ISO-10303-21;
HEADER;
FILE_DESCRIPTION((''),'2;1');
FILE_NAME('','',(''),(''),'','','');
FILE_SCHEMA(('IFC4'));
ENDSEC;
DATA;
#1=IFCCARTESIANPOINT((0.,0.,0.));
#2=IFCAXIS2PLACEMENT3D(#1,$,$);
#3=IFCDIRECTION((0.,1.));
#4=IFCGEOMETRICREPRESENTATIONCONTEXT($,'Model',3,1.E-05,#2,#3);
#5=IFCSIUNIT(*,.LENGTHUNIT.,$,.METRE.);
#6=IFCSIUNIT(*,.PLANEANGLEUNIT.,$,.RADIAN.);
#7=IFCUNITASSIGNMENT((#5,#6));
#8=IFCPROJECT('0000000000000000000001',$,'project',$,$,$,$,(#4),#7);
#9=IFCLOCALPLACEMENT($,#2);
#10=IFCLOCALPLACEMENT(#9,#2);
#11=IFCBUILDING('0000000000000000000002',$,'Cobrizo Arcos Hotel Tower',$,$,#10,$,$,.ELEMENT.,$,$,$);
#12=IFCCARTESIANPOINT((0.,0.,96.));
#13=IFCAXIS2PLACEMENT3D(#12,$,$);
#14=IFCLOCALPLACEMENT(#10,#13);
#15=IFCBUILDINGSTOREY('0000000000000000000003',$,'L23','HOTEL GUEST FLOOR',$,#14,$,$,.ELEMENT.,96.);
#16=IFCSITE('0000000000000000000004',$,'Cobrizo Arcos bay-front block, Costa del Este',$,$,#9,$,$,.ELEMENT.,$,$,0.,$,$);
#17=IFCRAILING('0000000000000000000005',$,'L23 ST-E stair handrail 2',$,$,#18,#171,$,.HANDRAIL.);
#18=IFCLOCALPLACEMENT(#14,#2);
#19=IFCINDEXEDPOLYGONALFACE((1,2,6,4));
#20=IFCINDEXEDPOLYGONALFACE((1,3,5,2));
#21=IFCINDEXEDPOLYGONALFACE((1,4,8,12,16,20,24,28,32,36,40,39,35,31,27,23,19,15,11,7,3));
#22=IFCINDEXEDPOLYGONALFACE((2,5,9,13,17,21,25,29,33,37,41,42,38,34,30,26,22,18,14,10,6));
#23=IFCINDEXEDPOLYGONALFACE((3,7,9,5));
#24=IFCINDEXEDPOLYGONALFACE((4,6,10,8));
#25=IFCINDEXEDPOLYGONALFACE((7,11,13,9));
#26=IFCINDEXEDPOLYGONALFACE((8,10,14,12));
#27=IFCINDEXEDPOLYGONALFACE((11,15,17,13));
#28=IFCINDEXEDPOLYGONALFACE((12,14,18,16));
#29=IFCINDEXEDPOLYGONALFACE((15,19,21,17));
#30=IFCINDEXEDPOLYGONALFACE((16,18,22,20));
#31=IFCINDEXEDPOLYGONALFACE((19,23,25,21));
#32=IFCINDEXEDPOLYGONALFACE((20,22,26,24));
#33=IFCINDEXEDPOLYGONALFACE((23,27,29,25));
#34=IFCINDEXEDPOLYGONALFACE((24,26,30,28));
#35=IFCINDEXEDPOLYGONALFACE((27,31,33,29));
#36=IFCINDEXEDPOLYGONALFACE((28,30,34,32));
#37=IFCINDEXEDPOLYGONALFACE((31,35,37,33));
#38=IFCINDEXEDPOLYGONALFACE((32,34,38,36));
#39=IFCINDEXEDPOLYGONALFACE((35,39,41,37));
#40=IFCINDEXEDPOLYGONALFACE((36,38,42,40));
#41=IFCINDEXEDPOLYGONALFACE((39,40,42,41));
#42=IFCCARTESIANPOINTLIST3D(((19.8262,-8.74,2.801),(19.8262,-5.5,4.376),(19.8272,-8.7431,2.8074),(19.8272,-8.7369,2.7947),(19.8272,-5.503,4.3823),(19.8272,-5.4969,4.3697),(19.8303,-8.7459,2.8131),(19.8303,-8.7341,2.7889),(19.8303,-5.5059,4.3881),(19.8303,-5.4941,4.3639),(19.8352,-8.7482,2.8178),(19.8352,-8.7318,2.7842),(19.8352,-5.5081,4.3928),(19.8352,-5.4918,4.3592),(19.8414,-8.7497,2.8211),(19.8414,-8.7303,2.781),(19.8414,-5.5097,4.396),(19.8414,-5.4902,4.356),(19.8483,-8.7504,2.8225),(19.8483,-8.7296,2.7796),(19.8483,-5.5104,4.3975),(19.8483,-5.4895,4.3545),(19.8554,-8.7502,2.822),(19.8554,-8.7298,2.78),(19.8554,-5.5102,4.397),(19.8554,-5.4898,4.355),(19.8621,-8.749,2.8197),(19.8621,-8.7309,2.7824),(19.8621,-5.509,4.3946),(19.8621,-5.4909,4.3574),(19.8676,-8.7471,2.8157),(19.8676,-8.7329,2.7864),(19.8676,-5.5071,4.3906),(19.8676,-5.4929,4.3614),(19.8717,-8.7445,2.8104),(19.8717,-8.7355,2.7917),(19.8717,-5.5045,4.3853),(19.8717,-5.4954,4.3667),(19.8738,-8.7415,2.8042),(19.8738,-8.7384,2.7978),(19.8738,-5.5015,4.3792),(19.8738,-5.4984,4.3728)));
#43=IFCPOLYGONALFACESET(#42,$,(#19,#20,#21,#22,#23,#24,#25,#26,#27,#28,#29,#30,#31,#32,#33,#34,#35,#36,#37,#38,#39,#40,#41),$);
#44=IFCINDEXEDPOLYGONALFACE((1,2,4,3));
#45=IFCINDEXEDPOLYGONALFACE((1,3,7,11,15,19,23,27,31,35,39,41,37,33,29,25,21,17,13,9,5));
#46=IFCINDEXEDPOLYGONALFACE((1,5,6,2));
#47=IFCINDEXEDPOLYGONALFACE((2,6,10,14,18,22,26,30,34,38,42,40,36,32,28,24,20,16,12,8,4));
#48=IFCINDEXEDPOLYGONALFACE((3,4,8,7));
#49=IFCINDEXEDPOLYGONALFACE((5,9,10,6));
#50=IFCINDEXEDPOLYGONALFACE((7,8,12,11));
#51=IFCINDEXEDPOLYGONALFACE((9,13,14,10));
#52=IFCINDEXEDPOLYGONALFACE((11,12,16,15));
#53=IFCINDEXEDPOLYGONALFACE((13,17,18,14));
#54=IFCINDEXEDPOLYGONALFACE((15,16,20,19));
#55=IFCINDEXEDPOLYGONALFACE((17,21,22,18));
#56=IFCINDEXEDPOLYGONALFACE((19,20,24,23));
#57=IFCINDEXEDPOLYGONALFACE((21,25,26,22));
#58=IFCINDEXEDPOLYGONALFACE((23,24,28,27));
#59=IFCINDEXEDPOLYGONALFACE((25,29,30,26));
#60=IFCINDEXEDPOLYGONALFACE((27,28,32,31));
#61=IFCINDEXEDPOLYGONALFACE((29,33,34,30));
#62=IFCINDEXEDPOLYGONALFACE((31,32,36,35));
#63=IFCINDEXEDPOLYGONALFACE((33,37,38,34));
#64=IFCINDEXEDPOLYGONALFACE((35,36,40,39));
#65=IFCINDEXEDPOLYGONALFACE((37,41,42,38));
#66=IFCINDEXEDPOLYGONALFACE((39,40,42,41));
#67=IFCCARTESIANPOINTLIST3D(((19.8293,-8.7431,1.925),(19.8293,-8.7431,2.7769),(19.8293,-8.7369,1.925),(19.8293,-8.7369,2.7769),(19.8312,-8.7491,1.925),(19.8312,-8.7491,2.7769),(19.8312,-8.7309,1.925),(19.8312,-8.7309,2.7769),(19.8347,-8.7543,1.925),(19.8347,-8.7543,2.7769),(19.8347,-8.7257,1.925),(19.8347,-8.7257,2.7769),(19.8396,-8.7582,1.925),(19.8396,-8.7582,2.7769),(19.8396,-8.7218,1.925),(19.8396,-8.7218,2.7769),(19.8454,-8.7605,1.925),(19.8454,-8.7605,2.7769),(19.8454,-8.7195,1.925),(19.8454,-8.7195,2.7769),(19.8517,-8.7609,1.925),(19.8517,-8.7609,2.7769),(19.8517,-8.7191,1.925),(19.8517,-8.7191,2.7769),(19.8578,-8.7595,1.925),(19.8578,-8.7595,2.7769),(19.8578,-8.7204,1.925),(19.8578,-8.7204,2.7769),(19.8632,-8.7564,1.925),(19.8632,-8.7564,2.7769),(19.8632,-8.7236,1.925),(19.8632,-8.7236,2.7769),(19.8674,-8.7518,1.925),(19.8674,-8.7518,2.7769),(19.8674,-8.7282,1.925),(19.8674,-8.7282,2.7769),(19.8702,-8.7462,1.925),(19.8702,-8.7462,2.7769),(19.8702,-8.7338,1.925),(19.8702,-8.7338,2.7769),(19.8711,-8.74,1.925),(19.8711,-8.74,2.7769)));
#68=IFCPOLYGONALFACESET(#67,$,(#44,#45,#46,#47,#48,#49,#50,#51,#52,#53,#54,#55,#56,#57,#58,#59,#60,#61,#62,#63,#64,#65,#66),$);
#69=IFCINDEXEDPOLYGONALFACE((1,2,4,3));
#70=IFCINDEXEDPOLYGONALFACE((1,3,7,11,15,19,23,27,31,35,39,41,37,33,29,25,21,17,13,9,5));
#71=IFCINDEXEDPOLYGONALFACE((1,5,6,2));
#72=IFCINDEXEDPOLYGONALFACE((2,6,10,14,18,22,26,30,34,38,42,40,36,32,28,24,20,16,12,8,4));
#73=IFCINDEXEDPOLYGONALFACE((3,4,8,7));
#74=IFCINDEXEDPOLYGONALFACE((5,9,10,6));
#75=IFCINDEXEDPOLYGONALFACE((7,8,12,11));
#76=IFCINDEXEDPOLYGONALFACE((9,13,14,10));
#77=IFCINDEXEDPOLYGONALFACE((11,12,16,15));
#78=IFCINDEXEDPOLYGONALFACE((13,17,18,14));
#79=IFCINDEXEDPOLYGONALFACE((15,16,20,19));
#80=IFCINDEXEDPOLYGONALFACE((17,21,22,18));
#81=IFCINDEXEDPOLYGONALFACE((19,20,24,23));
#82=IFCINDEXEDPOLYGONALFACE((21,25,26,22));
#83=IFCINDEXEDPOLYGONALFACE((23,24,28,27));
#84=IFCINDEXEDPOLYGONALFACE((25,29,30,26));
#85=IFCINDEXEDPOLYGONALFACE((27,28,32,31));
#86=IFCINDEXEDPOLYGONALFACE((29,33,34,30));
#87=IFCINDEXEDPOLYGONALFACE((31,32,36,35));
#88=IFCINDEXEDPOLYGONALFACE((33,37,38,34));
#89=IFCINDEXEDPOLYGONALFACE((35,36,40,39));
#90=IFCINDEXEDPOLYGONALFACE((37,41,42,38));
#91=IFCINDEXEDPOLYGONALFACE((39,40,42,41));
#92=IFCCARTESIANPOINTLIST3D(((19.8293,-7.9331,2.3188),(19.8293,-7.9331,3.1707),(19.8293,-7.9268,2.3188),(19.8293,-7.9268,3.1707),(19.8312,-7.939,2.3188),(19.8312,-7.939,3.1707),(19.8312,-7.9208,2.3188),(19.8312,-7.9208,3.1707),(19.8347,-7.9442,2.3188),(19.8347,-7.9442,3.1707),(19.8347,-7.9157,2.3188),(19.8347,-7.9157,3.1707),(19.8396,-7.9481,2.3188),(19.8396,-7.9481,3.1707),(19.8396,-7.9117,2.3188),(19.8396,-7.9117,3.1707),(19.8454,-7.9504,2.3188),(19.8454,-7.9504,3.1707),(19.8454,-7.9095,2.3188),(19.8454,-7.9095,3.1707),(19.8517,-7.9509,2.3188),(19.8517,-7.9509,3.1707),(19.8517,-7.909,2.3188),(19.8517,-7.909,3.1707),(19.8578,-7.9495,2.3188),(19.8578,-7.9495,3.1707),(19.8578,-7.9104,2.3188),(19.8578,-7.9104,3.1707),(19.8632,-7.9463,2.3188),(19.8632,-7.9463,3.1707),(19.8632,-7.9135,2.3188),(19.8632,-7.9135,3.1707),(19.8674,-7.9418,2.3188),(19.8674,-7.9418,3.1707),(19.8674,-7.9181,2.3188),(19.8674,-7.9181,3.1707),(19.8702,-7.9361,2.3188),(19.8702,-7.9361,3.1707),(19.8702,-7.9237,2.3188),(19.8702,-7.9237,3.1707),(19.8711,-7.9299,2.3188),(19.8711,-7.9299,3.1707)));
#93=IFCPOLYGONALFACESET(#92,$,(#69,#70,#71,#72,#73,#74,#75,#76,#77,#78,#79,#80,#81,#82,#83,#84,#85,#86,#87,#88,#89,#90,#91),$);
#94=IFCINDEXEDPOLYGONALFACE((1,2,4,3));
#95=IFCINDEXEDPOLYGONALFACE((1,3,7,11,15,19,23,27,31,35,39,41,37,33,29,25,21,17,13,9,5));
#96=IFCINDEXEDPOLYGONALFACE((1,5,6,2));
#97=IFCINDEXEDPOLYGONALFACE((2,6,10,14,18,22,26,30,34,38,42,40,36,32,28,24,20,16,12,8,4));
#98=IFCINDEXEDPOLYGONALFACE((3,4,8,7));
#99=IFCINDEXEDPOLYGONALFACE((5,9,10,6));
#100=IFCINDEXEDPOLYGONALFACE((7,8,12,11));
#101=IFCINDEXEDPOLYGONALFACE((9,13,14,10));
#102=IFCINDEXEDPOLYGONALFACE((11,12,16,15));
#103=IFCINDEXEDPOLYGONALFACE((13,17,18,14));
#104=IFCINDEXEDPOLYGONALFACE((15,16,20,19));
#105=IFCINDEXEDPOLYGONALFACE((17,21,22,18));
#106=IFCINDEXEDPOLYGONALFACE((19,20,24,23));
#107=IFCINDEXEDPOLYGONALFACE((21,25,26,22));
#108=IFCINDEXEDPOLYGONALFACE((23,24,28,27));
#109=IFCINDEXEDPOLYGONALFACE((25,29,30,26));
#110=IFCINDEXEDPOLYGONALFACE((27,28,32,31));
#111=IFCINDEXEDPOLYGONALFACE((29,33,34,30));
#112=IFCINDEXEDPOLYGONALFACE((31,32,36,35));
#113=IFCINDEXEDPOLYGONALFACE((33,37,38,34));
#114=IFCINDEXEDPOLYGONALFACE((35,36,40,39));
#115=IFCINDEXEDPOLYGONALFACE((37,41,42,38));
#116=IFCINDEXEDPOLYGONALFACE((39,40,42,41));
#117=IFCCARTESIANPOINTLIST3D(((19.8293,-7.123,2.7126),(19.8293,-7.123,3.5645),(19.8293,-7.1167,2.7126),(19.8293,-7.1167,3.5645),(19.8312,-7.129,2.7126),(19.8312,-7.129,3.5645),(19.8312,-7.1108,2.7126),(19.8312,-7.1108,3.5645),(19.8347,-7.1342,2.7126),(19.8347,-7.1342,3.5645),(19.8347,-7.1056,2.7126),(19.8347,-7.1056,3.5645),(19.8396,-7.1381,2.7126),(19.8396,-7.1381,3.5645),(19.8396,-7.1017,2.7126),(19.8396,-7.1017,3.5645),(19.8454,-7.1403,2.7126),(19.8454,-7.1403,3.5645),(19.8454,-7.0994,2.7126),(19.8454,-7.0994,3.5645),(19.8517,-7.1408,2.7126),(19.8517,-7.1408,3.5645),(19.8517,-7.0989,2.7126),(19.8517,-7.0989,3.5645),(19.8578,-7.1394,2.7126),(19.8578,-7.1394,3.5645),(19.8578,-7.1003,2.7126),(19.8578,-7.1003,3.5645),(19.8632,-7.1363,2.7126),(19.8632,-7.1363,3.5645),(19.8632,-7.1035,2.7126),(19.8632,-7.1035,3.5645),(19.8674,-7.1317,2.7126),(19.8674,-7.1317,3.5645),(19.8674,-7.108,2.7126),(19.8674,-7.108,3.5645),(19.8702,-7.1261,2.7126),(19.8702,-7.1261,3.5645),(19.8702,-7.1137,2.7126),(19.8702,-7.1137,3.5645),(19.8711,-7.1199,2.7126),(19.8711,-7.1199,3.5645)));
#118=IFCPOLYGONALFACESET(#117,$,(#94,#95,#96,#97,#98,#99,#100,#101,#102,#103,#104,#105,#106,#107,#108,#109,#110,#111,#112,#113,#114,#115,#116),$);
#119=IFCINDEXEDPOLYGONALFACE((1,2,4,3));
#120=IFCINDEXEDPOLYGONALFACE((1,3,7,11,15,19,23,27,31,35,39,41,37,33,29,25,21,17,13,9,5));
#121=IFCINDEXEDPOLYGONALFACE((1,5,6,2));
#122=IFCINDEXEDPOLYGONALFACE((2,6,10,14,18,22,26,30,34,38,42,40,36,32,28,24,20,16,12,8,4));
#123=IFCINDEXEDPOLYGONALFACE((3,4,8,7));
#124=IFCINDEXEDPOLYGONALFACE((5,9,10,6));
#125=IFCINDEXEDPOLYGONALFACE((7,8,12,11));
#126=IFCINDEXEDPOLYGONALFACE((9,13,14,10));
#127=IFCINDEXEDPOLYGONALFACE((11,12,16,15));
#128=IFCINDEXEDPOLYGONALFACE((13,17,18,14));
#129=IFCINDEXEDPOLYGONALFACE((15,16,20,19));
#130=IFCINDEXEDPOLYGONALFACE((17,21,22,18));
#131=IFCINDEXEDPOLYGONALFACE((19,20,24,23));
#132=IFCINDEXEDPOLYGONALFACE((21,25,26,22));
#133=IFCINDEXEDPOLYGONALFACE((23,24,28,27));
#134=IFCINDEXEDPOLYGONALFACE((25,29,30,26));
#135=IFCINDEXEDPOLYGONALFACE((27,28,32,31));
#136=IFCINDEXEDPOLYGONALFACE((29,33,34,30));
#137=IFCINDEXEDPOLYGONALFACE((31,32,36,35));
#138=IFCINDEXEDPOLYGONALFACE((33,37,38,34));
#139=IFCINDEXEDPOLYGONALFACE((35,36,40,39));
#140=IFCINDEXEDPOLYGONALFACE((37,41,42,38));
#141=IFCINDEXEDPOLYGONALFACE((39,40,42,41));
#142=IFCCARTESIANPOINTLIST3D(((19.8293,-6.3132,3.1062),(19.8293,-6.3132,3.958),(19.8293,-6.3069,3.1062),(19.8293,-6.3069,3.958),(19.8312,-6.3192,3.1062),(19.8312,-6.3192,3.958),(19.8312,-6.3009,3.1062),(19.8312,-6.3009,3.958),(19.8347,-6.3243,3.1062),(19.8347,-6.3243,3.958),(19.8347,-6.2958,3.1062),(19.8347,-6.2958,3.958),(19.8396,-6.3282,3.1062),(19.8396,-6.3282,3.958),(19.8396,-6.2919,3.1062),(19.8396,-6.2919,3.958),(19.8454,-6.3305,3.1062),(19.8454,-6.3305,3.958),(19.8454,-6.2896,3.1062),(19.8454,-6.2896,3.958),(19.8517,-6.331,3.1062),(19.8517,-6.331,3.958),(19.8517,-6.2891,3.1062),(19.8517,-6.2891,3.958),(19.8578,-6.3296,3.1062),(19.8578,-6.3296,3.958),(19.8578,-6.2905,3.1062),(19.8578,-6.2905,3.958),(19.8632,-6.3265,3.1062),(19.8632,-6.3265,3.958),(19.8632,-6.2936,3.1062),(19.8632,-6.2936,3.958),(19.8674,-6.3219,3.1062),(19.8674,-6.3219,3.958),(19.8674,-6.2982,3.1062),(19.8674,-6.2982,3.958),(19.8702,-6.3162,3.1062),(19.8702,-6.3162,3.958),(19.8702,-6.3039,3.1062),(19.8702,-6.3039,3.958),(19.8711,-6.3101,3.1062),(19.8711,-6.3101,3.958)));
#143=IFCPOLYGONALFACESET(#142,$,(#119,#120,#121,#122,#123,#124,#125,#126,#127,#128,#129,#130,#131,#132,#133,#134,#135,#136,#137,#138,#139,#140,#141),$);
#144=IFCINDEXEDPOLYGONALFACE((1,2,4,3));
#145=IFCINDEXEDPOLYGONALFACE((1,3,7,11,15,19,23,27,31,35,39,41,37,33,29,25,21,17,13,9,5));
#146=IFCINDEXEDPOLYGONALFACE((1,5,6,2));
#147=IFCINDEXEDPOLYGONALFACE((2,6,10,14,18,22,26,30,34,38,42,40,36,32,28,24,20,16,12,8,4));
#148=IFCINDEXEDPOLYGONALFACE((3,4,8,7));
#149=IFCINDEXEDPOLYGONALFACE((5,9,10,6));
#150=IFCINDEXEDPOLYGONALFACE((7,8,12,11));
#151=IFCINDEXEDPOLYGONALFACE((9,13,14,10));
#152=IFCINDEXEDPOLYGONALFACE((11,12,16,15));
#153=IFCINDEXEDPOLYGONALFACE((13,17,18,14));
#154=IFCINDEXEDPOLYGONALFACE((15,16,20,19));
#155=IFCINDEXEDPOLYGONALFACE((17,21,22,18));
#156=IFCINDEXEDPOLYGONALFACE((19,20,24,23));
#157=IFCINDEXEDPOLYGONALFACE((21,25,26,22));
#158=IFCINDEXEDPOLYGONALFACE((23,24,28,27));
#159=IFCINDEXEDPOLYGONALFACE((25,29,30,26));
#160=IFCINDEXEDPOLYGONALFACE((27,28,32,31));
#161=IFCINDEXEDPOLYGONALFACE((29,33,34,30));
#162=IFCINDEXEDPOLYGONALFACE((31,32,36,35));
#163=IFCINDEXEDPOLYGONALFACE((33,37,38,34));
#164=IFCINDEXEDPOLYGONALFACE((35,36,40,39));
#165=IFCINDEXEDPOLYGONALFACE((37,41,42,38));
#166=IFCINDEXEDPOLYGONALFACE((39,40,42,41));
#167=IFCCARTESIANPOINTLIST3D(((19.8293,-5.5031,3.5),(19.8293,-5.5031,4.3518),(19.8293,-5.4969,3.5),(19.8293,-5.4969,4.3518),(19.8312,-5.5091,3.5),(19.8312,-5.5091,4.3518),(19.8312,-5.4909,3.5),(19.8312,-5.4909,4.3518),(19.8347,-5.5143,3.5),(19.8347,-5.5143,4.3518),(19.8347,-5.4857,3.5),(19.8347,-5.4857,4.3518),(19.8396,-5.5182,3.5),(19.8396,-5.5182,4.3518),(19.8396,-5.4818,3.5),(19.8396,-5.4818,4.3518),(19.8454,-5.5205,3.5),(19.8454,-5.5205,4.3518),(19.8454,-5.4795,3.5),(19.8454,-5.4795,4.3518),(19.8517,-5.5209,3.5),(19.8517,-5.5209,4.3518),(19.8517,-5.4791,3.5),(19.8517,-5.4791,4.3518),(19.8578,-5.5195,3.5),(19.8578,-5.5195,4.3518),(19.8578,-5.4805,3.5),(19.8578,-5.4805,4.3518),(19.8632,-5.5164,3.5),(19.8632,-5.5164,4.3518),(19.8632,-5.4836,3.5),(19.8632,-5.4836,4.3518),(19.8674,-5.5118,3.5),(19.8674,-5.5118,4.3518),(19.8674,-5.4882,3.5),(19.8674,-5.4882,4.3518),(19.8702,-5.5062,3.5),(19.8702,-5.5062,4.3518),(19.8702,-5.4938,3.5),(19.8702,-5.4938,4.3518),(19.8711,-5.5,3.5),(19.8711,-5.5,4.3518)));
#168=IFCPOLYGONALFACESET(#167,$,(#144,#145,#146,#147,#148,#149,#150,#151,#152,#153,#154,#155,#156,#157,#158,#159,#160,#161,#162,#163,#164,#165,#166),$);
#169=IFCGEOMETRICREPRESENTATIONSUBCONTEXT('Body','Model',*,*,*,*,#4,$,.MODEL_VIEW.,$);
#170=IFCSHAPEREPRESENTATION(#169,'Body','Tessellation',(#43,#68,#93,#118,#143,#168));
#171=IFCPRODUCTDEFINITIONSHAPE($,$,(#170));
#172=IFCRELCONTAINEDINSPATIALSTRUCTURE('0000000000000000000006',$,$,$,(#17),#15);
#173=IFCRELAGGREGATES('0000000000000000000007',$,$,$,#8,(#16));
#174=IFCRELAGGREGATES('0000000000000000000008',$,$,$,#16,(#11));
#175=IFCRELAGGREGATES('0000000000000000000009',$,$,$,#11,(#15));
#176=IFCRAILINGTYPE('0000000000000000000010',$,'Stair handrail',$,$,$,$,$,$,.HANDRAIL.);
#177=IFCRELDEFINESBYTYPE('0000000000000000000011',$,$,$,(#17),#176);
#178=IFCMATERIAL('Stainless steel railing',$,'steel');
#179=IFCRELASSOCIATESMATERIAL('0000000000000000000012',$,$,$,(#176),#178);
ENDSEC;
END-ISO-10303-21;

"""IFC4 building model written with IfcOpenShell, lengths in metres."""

from ifc_helpers import new_model, si_unit, direction, frame, origin, origin_2d, place, context, subcontext, project, spatial, circle, extrude, material, type_object, element, save


model = new_model("IFC4")

# Units and contexts
model_context = context("Model", 3, precision=1e-05, world=origin(), true_north=direction((0.0, 1.0)))
body_context = subcontext(model_context, "Body", "Model", "MODEL_VIEW")
ifc_project = project(units=[si_unit("LENGTHUNIT", "METRE"), si_unit("PLANEANGLEUNIT", "RADIAN")], contexts=[model_context])

# Site, building, storey
site_placement = place(None, origin())
site = spatial("IfcSite", under=ifc_project, at=site_placement, Name="Cobrizo Arcos bay-front block, Costa del Este", CompositionType="ELEMENT", RefElevation=0.0)
building_placement = place(site_placement, origin())
building = spatial("IfcBuilding", under=site, at=building_placement, Name="Cobrizo Arcos Hotel Tower", CompositionType="ELEMENT")
storey_placement = place(building_placement, frame((0.0, 0.0, 96.0)))
storey = spatial("IfcBuildingStorey", under=building, at=storey_placement, Name="L23", Description="HOTEL GUEST FLOOR", CompositionType="ELEMENT", Elevation=96.0)

# Railing
ifc_material_1 = material(Name="Stainless steel railing", Category="steel")
railing_type_1 = type_object("IfcRailingType", Name="Stair handrail", PredefinedType="HANDRAIL", material=ifc_material_1)
railing_1_placement = place(storey_placement, frame((19.8501, -8.74, 1.925)))
element("IfcRailing", 1, at=railing_1_placement, inside=storey, type_object=railing_type_1, Name="L23 ST-E stair handrail 2", PredefinedType="HANDRAIL", context=body_context, shape_type="SweptSolid", body=[
    extrude(circle(Radius=0.0239, at=origin_2d()), frame((0.0, 0.0, 0.876), z_axis=(0.0, 0.899373, 0.437183), x_axis=(-1.0, 0.0, 0.0)), (0.0, 0.0, 1.0), 3.6025),
    extrude(circle(Radius=0.021, at=origin_2d()), origin(), (0.0, 0.0, 1.0), 0.8518),
    extrude(circle(Radius=0.021, at=origin_2d()), frame((0.0, 0.8101, 0.3938)), (0.0, 0.0, 1.0), 0.8518),
    extrude(circle(Radius=0.021, at=origin_2d()), frame((0.0, 1.6201, 0.7876)), (0.0, 0.0, 1.0), 0.8518),
    extrude(circle(Radius=0.021, at=origin_2d()), frame((0.0, 2.4299, 1.1812)), (0.0, 0.0, 1.0), 0.8518),
    extrude(circle(Radius=0.021, at=origin_2d()), frame((0.0, 3.24, 1.575)), (0.0, 0.0, 1.0), 0.8518),
])

save(model, "model.ifc")
